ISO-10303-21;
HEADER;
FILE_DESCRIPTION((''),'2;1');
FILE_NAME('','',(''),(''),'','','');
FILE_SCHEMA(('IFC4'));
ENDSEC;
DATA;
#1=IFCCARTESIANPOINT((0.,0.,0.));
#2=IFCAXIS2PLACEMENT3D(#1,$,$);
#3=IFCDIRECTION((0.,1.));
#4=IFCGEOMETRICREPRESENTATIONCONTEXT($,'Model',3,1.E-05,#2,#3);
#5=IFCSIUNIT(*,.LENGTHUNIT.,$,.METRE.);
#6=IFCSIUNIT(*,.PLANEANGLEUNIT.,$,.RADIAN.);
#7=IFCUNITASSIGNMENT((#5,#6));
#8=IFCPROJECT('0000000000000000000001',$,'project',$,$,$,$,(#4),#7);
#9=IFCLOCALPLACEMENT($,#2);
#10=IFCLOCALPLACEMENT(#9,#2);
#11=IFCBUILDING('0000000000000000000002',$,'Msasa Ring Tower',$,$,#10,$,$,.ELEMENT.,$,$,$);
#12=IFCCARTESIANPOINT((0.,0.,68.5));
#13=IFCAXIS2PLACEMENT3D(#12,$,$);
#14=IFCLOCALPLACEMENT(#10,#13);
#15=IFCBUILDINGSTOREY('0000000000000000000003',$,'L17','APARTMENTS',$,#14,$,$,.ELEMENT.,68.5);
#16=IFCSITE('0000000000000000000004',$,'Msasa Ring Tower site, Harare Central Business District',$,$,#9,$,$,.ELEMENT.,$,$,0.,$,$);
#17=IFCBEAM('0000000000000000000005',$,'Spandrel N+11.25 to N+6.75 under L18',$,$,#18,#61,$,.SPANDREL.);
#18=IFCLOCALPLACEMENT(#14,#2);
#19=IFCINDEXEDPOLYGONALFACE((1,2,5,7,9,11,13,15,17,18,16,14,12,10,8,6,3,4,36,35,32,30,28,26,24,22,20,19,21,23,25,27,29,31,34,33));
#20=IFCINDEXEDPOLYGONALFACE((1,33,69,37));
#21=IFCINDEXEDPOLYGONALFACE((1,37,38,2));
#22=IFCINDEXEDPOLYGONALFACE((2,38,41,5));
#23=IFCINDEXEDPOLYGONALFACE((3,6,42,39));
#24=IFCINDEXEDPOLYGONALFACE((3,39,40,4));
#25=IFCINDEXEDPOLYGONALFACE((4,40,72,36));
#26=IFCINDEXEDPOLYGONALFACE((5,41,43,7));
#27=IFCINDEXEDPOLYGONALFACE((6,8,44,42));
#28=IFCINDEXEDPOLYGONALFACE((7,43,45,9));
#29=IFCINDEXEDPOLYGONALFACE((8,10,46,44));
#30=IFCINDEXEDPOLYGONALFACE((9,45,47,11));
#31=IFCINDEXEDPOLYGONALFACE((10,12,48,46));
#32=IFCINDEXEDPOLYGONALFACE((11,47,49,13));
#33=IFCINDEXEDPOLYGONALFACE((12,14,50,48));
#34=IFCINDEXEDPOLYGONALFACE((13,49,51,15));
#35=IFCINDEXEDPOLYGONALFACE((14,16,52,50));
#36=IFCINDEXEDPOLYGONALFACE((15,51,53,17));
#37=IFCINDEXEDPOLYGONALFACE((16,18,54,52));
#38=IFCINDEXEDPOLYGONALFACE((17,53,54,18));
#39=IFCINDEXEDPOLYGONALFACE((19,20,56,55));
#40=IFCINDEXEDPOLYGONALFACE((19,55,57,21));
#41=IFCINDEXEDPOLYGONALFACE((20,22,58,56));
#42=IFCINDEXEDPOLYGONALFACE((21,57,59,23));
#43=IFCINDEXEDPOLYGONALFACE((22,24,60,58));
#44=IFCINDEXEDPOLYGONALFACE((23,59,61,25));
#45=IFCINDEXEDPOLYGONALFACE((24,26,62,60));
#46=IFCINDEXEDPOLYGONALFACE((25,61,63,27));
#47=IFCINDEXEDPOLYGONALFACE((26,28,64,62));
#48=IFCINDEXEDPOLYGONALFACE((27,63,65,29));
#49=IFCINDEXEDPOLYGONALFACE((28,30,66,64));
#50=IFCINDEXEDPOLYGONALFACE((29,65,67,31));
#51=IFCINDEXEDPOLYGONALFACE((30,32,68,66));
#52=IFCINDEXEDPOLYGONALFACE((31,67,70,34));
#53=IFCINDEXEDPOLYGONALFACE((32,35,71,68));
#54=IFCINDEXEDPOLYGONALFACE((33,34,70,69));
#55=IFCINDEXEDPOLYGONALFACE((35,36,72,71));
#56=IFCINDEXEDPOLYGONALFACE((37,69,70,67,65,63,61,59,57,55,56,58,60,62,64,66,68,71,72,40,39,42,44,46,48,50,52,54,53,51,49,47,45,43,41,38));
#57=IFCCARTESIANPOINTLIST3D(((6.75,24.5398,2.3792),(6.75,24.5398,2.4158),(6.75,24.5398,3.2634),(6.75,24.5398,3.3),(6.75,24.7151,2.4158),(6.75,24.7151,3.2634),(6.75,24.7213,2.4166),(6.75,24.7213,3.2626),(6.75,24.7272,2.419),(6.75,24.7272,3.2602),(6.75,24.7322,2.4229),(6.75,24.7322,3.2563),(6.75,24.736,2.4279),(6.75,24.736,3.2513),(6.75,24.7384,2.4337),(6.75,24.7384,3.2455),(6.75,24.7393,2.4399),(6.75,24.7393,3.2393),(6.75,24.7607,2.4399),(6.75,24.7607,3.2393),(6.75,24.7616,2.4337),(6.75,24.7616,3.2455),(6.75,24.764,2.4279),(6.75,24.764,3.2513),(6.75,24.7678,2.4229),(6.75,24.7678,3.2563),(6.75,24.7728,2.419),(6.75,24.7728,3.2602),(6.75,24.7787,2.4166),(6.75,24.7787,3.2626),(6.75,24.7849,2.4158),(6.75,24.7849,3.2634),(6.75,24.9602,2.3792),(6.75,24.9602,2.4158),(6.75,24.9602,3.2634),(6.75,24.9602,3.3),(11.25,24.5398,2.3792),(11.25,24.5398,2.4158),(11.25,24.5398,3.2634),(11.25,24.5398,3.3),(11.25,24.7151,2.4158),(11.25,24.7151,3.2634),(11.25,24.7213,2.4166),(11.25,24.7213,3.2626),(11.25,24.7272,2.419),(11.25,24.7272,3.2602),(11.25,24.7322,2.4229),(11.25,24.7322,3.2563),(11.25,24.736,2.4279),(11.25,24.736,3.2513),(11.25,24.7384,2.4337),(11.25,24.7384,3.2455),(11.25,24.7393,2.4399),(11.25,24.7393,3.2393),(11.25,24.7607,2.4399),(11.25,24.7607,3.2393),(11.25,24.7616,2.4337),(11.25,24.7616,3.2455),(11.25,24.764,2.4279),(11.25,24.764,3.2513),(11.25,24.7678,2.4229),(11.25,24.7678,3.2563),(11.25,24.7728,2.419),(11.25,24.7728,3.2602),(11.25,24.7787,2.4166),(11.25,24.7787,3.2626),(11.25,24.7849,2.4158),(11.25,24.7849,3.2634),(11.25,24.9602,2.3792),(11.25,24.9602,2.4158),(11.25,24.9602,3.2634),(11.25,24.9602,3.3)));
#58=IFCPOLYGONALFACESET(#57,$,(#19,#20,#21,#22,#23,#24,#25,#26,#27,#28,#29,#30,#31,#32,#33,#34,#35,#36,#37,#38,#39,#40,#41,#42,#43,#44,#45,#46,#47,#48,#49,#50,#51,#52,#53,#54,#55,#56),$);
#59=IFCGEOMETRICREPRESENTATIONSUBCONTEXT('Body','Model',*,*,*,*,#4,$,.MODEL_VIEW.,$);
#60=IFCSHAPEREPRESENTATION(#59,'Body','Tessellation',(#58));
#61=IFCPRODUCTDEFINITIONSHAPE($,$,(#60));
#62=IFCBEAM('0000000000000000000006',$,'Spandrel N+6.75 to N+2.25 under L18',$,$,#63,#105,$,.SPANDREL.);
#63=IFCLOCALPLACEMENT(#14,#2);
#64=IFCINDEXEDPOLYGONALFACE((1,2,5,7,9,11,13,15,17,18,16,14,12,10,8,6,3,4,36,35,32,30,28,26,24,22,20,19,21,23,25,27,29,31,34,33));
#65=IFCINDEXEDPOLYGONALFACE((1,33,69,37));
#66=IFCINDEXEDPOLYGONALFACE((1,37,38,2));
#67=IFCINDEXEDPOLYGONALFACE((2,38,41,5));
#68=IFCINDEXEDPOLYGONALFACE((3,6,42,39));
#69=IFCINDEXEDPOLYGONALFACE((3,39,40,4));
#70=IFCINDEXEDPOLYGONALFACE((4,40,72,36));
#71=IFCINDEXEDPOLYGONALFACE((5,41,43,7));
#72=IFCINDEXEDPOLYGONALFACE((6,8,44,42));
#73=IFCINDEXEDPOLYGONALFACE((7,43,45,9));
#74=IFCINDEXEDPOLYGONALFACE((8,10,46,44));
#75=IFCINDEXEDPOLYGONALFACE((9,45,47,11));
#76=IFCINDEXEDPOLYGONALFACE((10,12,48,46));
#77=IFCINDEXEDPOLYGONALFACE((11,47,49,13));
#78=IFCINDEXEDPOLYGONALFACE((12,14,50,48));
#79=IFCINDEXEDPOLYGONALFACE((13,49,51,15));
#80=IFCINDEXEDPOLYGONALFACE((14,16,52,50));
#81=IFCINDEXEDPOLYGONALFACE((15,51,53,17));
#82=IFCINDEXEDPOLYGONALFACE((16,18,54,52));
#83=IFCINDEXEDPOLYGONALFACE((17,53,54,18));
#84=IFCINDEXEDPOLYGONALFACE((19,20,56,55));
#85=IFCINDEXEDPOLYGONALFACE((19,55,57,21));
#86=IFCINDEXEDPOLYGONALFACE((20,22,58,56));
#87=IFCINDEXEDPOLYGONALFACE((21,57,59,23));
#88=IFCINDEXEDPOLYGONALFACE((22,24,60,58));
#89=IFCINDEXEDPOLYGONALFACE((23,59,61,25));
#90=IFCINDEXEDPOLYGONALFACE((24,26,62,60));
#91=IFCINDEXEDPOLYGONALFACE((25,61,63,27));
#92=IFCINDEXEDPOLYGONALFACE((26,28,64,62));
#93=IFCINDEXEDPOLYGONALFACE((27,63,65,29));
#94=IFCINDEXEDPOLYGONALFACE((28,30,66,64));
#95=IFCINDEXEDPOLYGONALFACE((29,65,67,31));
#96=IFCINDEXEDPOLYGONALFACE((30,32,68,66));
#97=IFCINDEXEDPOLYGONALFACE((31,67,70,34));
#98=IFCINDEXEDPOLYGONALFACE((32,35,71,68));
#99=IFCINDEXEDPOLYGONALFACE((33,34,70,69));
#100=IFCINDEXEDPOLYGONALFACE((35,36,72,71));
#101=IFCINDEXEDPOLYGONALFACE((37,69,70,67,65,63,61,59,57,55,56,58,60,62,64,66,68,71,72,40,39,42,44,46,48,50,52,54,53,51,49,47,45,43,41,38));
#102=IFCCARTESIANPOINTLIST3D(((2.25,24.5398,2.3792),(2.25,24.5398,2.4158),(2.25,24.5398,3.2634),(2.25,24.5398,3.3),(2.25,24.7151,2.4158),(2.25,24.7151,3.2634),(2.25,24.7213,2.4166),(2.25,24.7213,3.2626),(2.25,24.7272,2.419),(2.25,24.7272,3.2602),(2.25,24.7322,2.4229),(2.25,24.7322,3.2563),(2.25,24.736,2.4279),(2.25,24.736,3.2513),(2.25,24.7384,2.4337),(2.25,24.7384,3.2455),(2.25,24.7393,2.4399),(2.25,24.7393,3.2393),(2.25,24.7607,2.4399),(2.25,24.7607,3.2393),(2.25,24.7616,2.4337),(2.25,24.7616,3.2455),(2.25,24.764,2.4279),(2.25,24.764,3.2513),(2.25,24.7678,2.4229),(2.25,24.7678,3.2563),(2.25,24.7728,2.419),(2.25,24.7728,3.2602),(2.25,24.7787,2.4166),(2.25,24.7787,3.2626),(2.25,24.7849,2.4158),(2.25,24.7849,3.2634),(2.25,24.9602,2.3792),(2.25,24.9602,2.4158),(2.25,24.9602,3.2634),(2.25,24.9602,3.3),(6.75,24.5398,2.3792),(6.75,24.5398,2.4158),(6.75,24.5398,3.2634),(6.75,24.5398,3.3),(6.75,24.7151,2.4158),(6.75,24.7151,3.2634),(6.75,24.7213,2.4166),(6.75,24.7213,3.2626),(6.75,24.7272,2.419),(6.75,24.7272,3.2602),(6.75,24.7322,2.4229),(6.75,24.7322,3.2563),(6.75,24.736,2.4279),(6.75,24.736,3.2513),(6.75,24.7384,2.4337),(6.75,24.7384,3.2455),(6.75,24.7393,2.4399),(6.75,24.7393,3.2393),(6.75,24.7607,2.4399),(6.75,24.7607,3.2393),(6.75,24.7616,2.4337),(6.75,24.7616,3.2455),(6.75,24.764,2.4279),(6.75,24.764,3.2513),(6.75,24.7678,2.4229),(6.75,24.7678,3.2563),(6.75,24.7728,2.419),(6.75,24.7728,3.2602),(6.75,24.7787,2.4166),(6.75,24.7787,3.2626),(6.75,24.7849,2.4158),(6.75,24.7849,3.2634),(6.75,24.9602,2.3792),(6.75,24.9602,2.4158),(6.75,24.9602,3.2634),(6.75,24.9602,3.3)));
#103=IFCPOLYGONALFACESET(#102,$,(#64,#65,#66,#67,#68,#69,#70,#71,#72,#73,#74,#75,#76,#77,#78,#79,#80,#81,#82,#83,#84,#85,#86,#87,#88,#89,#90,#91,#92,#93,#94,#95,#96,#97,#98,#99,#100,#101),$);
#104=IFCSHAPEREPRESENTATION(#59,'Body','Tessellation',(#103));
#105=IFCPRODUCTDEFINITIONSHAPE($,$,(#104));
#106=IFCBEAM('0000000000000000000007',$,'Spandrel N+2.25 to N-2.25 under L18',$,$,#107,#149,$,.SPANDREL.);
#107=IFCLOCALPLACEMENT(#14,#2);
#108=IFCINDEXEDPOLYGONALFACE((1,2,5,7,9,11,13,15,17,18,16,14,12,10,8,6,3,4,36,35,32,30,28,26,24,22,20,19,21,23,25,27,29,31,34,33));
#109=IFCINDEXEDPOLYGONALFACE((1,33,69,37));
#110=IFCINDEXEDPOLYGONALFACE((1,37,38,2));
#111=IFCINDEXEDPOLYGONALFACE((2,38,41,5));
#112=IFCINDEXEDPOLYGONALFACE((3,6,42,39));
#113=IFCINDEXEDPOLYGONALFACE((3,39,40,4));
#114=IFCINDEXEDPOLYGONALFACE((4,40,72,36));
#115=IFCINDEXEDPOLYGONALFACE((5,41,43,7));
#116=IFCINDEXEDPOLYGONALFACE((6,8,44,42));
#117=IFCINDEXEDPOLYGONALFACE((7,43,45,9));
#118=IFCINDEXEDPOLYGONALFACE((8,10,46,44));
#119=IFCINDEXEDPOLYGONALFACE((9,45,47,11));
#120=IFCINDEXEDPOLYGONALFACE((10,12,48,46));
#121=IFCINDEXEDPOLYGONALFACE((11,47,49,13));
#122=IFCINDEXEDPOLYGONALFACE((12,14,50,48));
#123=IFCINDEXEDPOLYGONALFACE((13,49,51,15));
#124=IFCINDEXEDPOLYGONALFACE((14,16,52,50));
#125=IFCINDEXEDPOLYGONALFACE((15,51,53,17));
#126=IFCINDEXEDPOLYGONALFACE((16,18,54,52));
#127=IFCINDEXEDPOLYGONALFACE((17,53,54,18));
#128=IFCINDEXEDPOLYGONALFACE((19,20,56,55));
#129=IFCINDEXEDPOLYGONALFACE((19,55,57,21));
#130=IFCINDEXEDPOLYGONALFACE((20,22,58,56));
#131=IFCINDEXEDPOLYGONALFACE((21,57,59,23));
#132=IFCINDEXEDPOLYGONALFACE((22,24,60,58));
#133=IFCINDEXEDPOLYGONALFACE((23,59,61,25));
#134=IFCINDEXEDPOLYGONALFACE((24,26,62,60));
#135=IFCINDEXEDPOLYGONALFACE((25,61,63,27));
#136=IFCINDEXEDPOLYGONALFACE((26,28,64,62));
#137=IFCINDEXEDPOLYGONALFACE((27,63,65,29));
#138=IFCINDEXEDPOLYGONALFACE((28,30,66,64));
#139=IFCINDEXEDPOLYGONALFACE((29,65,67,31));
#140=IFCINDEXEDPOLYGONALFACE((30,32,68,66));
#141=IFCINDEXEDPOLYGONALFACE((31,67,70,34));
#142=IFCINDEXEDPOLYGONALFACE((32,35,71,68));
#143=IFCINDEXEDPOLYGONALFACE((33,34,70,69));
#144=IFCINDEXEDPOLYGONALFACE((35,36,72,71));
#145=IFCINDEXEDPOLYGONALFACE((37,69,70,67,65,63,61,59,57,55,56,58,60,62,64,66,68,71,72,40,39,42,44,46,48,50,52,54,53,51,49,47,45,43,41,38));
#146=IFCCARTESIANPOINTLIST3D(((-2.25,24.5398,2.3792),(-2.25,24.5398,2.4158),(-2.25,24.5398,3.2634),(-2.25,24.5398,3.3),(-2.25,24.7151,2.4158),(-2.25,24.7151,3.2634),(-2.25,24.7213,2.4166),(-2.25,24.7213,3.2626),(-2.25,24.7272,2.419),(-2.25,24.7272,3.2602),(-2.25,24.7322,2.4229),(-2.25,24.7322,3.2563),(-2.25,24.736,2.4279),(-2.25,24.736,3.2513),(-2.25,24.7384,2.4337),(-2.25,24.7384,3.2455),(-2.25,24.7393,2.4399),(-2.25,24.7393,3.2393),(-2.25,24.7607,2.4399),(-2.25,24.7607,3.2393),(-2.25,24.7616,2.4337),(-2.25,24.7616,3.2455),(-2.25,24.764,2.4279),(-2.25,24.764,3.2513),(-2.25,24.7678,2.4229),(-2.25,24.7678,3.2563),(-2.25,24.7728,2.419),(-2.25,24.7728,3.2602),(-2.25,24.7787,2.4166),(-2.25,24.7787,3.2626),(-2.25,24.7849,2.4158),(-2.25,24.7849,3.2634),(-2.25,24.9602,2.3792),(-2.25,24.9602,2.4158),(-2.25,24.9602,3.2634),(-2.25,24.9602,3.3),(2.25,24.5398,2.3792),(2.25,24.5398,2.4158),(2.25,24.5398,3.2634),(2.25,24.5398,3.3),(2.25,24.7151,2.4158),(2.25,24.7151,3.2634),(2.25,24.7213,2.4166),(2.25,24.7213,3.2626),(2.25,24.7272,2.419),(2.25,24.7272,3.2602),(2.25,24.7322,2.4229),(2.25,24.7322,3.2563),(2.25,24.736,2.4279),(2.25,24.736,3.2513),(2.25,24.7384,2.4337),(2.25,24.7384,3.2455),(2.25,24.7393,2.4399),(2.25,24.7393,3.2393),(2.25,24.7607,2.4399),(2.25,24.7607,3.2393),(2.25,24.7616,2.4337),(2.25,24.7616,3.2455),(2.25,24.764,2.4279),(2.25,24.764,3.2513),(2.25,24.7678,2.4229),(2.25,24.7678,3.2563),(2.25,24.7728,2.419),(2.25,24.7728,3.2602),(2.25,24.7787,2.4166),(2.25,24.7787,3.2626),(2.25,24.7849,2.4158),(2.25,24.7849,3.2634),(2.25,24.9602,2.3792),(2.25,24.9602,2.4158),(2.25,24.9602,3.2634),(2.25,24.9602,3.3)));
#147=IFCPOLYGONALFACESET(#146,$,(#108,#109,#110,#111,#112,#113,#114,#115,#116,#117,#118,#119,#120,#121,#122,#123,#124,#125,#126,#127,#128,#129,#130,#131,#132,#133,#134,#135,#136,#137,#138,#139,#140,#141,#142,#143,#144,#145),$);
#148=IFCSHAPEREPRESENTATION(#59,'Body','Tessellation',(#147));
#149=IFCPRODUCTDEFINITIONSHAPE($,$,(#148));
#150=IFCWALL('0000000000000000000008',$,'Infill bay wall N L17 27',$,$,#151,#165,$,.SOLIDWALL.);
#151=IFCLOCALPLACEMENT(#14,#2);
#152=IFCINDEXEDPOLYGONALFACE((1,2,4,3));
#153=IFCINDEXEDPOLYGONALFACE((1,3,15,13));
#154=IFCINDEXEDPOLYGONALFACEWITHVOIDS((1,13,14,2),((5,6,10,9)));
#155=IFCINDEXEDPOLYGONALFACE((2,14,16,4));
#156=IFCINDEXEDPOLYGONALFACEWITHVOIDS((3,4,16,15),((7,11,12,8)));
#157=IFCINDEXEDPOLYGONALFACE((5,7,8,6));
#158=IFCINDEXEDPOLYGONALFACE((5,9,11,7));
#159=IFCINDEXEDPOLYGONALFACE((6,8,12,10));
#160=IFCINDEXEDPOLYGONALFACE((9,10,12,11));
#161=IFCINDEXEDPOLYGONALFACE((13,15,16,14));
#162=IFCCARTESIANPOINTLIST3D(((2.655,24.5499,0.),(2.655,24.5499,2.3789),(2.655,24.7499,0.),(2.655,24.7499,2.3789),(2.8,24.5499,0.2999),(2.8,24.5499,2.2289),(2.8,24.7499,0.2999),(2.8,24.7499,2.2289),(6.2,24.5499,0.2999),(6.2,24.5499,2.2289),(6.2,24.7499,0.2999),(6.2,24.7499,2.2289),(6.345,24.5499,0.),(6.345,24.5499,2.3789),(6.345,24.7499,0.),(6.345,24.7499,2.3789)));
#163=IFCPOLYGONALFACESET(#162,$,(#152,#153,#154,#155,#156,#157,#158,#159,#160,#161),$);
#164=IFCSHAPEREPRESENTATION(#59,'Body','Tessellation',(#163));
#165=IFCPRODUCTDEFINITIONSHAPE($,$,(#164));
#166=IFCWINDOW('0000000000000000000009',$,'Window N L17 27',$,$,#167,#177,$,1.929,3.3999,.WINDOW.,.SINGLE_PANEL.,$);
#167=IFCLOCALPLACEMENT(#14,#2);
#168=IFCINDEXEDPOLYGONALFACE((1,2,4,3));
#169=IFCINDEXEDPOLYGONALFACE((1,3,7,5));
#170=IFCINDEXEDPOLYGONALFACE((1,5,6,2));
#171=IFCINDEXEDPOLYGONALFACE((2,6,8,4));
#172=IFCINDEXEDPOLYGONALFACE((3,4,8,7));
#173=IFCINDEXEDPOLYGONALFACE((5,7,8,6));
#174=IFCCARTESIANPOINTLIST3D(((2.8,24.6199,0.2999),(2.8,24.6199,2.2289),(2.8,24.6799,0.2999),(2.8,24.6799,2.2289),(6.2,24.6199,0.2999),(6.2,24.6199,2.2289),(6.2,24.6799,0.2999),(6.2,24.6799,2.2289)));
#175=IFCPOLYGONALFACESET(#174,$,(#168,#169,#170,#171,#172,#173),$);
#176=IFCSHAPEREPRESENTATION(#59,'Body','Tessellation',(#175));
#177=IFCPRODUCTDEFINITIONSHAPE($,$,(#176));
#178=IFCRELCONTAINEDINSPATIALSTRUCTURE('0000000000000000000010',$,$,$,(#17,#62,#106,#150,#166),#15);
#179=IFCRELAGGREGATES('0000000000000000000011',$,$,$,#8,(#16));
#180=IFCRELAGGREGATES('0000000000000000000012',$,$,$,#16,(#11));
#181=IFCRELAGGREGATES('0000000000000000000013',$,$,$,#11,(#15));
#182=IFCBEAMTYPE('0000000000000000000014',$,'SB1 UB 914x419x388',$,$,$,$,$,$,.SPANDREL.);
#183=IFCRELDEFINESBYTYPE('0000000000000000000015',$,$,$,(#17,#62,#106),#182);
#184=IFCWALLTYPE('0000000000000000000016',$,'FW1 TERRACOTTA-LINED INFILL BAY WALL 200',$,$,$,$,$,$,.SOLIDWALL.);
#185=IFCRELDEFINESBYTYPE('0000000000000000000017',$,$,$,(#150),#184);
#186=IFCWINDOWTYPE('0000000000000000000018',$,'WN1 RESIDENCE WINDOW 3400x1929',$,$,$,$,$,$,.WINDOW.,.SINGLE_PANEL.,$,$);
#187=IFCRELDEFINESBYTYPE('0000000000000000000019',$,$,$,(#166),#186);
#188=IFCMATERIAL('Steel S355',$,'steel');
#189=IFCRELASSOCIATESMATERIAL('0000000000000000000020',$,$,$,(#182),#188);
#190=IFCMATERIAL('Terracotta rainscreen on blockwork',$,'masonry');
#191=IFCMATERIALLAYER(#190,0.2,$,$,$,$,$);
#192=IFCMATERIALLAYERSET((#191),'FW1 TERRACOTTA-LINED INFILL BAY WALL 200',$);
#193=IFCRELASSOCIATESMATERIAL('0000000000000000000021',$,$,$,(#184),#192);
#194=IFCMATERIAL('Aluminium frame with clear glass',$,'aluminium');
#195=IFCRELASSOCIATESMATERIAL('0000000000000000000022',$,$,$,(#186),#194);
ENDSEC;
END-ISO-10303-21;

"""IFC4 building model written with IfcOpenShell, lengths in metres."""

from ifc_helpers import new_model, si_unit, direction, frame, frame_2d, origin, origin_2d, place, context, subcontext, project, spatial, rectangle, i_section, extrude, material, layer, layer_set, material_profile, profile_set, type_object, element, fill, save


model = new_model("IFC4")

# Units and contexts
model_context = context("Model", 3, precision=1e-05, world=origin(), true_north=direction((0.0, 1.0)))
body_context = subcontext(model_context, "Body", "Model", "MODEL_VIEW")
ifc_project = project(units=[si_unit("LENGTHUNIT", "METRE"), si_unit("PLANEANGLEUNIT", "RADIAN")], contexts=[model_context])

# Site, building, storey
site_placement = place(None, origin())
site = spatial("IfcSite", under=ifc_project, at=site_placement, Name="Msasa Ring Tower site, Harare Central Business District", CompositionType="ELEMENT", RefElevation=0.0)
building_placement = place(site_placement, origin())
building = spatial("IfcBuilding", under=site, at=building_placement, Name="Msasa Ring Tower", CompositionType="ELEMENT")
storey_placement = place(building_placement, frame((0.0, 0.0, 68.5)))
storey = spatial("IfcBuildingStorey", under=building, at=storey_placement, Name="L17", Description="APARTMENTS", CompositionType="ELEMENT", Elevation=68.5)

# Beams
ifc_material_1 = material(Name="Steel S355", Category="steel")
ifc_material_profile_1 = material_profile(ifc_material_1, i_section(OverallWidth=0.4204, OverallDepth=0.9209, WebThickness=0.0215, FlangeThickness=0.0366, FilletRadius=0.0242, at=origin_2d()), Name="UB 914x419x388")
ifc_profile_set_1 = profile_set([ifc_material_profile_1], Name="Steel S355")
beam_type_1 = type_object("IfcBeamType", Name="SB1 UB 914x419x388", PredefinedType="SPANDREL", material=ifc_profile_set_1)
for number, where, z_axis, x_axis, name in (
    (1, (11.25, 24.75, 2.8396), (-1.0, 0.0, 0.0), (0.0, -1.0, 0.0), "Spandrel N+11.25 to N+6.75 under L18"),
    (2, (6.75, 24.75, 2.8396), (-1.0, 0.0, 0.0), (0.0, -1.0, 0.0), "Spandrel N+6.75 to N+2.25 under L18"),
    (3, (2.25, 24.75, 2.8396), (-1.0, 0.0, 0.0), (0.0, -1.0, 0.0), "Spandrel N+2.25 to N-2.25 under L18"),
):
    element("IfcBeam", number, at=place(storey_placement, frame(where, z_axis=z_axis, x_axis=x_axis)), inside=storey, type_object=beam_type_1, Name=name, PredefinedType="SPANDREL", context=body_context, shape_type="SweptSolid", body=[
        extrude(i_section(OverallWidth=0.4204, OverallDepth=0.9209, WebThickness=0.0215, FlangeThickness=0.0366, FilletRadius=0.0242, at=origin_2d()), origin(), (0.0, 0.0, 1.0), 4.5),
    ])

# Wall, opening, window
ifc_material_2 = material(Name="Terracotta rainscreen on blockwork", Category="masonry")
ifc_layer_1 = layer(ifc_material_2, 0.2)
ifc_layer_set_1 = layer_set([ifc_layer_1], Name="FW1 TERRACOTTA-LINED INFILL BAY WALL 200")
wall_type_1 = type_object("IfcWallType", Name="FW1 TERRACOTTA-LINED INFILL BAY WALL 200", PredefinedType="SOLIDWALL", material=ifc_layer_set_1)
wall_1_placement = place(storey_placement, frame((2.655, 24.6499, 0.0), z_axis=(0.0, 0.0, 1.0), x_axis=(1.0, 0.0, 0.0)))
wall_1 = element("IfcWall", 4, at=wall_1_placement, inside=storey, type_object=wall_type_1, Name="Infill bay wall N L17 27", PredefinedType="SOLIDWALL", context=body_context, shape_type="SweptSolid", body=[
    extrude(rectangle(XDim=3.6899, YDim=0.2, at=frame_2d((1.845, 0.0))), origin(), (0.0, 0.0, 1.0), 2.3789),
])
opening_1_placement = place(wall_1_placement, frame((0.145, 0.0, 0.3)))
opening_1 = element("IfcOpeningElement", 5, at=opening_1_placement, cuts=wall_1, PredefinedType="OPENING", context=body_context, shape_type="SweptSolid", body=[
    extrude(rectangle(XDim=3.3999, YDim=1.929, at=frame_2d((1.7, 0.9644))), frame((0.0, 0.1099, 0.0), z_axis=(0.0, -1.0, 0.0), x_axis=(1.0, 0.0, 0.0)), (0.0, 0.0, 1.0), 0.22),
])
ifc_material_3 = material(Name="Aluminium frame with clear glass", Category="aluminium")
window_type = type_object("IfcWindowType", Name="WN1 RESIDENCE WINDOW 3400x1929", PartitioningType="SINGLE_PANEL", PredefinedType="WINDOW", material=ifc_material_3)
window_1_placement = place(opening_1_placement, origin())
window_1 = element("IfcWindow", 6, at=window_1_placement, inside=storey, type_object=window_type, Name="Window N L17 27", OverallHeight=1.929, OverallWidth=3.3999, PartitioningType="SINGLE_PANEL", PredefinedType="WINDOW", context=body_context, shape_type="SweptSolid", body=[
    extrude(rectangle(XDim=3.3999, YDim=1.929, at=frame_2d((1.7, 0.9644))), frame((0.0, 0.03, 0.0), z_axis=(0.0, -1.0, 0.0), x_axis=(1.0, 0.0, 0.0)), (0.0, 0.0, 1.0), 0.0601),
])
fill(opening_1, window_1)

save(model, "model.ifc")
